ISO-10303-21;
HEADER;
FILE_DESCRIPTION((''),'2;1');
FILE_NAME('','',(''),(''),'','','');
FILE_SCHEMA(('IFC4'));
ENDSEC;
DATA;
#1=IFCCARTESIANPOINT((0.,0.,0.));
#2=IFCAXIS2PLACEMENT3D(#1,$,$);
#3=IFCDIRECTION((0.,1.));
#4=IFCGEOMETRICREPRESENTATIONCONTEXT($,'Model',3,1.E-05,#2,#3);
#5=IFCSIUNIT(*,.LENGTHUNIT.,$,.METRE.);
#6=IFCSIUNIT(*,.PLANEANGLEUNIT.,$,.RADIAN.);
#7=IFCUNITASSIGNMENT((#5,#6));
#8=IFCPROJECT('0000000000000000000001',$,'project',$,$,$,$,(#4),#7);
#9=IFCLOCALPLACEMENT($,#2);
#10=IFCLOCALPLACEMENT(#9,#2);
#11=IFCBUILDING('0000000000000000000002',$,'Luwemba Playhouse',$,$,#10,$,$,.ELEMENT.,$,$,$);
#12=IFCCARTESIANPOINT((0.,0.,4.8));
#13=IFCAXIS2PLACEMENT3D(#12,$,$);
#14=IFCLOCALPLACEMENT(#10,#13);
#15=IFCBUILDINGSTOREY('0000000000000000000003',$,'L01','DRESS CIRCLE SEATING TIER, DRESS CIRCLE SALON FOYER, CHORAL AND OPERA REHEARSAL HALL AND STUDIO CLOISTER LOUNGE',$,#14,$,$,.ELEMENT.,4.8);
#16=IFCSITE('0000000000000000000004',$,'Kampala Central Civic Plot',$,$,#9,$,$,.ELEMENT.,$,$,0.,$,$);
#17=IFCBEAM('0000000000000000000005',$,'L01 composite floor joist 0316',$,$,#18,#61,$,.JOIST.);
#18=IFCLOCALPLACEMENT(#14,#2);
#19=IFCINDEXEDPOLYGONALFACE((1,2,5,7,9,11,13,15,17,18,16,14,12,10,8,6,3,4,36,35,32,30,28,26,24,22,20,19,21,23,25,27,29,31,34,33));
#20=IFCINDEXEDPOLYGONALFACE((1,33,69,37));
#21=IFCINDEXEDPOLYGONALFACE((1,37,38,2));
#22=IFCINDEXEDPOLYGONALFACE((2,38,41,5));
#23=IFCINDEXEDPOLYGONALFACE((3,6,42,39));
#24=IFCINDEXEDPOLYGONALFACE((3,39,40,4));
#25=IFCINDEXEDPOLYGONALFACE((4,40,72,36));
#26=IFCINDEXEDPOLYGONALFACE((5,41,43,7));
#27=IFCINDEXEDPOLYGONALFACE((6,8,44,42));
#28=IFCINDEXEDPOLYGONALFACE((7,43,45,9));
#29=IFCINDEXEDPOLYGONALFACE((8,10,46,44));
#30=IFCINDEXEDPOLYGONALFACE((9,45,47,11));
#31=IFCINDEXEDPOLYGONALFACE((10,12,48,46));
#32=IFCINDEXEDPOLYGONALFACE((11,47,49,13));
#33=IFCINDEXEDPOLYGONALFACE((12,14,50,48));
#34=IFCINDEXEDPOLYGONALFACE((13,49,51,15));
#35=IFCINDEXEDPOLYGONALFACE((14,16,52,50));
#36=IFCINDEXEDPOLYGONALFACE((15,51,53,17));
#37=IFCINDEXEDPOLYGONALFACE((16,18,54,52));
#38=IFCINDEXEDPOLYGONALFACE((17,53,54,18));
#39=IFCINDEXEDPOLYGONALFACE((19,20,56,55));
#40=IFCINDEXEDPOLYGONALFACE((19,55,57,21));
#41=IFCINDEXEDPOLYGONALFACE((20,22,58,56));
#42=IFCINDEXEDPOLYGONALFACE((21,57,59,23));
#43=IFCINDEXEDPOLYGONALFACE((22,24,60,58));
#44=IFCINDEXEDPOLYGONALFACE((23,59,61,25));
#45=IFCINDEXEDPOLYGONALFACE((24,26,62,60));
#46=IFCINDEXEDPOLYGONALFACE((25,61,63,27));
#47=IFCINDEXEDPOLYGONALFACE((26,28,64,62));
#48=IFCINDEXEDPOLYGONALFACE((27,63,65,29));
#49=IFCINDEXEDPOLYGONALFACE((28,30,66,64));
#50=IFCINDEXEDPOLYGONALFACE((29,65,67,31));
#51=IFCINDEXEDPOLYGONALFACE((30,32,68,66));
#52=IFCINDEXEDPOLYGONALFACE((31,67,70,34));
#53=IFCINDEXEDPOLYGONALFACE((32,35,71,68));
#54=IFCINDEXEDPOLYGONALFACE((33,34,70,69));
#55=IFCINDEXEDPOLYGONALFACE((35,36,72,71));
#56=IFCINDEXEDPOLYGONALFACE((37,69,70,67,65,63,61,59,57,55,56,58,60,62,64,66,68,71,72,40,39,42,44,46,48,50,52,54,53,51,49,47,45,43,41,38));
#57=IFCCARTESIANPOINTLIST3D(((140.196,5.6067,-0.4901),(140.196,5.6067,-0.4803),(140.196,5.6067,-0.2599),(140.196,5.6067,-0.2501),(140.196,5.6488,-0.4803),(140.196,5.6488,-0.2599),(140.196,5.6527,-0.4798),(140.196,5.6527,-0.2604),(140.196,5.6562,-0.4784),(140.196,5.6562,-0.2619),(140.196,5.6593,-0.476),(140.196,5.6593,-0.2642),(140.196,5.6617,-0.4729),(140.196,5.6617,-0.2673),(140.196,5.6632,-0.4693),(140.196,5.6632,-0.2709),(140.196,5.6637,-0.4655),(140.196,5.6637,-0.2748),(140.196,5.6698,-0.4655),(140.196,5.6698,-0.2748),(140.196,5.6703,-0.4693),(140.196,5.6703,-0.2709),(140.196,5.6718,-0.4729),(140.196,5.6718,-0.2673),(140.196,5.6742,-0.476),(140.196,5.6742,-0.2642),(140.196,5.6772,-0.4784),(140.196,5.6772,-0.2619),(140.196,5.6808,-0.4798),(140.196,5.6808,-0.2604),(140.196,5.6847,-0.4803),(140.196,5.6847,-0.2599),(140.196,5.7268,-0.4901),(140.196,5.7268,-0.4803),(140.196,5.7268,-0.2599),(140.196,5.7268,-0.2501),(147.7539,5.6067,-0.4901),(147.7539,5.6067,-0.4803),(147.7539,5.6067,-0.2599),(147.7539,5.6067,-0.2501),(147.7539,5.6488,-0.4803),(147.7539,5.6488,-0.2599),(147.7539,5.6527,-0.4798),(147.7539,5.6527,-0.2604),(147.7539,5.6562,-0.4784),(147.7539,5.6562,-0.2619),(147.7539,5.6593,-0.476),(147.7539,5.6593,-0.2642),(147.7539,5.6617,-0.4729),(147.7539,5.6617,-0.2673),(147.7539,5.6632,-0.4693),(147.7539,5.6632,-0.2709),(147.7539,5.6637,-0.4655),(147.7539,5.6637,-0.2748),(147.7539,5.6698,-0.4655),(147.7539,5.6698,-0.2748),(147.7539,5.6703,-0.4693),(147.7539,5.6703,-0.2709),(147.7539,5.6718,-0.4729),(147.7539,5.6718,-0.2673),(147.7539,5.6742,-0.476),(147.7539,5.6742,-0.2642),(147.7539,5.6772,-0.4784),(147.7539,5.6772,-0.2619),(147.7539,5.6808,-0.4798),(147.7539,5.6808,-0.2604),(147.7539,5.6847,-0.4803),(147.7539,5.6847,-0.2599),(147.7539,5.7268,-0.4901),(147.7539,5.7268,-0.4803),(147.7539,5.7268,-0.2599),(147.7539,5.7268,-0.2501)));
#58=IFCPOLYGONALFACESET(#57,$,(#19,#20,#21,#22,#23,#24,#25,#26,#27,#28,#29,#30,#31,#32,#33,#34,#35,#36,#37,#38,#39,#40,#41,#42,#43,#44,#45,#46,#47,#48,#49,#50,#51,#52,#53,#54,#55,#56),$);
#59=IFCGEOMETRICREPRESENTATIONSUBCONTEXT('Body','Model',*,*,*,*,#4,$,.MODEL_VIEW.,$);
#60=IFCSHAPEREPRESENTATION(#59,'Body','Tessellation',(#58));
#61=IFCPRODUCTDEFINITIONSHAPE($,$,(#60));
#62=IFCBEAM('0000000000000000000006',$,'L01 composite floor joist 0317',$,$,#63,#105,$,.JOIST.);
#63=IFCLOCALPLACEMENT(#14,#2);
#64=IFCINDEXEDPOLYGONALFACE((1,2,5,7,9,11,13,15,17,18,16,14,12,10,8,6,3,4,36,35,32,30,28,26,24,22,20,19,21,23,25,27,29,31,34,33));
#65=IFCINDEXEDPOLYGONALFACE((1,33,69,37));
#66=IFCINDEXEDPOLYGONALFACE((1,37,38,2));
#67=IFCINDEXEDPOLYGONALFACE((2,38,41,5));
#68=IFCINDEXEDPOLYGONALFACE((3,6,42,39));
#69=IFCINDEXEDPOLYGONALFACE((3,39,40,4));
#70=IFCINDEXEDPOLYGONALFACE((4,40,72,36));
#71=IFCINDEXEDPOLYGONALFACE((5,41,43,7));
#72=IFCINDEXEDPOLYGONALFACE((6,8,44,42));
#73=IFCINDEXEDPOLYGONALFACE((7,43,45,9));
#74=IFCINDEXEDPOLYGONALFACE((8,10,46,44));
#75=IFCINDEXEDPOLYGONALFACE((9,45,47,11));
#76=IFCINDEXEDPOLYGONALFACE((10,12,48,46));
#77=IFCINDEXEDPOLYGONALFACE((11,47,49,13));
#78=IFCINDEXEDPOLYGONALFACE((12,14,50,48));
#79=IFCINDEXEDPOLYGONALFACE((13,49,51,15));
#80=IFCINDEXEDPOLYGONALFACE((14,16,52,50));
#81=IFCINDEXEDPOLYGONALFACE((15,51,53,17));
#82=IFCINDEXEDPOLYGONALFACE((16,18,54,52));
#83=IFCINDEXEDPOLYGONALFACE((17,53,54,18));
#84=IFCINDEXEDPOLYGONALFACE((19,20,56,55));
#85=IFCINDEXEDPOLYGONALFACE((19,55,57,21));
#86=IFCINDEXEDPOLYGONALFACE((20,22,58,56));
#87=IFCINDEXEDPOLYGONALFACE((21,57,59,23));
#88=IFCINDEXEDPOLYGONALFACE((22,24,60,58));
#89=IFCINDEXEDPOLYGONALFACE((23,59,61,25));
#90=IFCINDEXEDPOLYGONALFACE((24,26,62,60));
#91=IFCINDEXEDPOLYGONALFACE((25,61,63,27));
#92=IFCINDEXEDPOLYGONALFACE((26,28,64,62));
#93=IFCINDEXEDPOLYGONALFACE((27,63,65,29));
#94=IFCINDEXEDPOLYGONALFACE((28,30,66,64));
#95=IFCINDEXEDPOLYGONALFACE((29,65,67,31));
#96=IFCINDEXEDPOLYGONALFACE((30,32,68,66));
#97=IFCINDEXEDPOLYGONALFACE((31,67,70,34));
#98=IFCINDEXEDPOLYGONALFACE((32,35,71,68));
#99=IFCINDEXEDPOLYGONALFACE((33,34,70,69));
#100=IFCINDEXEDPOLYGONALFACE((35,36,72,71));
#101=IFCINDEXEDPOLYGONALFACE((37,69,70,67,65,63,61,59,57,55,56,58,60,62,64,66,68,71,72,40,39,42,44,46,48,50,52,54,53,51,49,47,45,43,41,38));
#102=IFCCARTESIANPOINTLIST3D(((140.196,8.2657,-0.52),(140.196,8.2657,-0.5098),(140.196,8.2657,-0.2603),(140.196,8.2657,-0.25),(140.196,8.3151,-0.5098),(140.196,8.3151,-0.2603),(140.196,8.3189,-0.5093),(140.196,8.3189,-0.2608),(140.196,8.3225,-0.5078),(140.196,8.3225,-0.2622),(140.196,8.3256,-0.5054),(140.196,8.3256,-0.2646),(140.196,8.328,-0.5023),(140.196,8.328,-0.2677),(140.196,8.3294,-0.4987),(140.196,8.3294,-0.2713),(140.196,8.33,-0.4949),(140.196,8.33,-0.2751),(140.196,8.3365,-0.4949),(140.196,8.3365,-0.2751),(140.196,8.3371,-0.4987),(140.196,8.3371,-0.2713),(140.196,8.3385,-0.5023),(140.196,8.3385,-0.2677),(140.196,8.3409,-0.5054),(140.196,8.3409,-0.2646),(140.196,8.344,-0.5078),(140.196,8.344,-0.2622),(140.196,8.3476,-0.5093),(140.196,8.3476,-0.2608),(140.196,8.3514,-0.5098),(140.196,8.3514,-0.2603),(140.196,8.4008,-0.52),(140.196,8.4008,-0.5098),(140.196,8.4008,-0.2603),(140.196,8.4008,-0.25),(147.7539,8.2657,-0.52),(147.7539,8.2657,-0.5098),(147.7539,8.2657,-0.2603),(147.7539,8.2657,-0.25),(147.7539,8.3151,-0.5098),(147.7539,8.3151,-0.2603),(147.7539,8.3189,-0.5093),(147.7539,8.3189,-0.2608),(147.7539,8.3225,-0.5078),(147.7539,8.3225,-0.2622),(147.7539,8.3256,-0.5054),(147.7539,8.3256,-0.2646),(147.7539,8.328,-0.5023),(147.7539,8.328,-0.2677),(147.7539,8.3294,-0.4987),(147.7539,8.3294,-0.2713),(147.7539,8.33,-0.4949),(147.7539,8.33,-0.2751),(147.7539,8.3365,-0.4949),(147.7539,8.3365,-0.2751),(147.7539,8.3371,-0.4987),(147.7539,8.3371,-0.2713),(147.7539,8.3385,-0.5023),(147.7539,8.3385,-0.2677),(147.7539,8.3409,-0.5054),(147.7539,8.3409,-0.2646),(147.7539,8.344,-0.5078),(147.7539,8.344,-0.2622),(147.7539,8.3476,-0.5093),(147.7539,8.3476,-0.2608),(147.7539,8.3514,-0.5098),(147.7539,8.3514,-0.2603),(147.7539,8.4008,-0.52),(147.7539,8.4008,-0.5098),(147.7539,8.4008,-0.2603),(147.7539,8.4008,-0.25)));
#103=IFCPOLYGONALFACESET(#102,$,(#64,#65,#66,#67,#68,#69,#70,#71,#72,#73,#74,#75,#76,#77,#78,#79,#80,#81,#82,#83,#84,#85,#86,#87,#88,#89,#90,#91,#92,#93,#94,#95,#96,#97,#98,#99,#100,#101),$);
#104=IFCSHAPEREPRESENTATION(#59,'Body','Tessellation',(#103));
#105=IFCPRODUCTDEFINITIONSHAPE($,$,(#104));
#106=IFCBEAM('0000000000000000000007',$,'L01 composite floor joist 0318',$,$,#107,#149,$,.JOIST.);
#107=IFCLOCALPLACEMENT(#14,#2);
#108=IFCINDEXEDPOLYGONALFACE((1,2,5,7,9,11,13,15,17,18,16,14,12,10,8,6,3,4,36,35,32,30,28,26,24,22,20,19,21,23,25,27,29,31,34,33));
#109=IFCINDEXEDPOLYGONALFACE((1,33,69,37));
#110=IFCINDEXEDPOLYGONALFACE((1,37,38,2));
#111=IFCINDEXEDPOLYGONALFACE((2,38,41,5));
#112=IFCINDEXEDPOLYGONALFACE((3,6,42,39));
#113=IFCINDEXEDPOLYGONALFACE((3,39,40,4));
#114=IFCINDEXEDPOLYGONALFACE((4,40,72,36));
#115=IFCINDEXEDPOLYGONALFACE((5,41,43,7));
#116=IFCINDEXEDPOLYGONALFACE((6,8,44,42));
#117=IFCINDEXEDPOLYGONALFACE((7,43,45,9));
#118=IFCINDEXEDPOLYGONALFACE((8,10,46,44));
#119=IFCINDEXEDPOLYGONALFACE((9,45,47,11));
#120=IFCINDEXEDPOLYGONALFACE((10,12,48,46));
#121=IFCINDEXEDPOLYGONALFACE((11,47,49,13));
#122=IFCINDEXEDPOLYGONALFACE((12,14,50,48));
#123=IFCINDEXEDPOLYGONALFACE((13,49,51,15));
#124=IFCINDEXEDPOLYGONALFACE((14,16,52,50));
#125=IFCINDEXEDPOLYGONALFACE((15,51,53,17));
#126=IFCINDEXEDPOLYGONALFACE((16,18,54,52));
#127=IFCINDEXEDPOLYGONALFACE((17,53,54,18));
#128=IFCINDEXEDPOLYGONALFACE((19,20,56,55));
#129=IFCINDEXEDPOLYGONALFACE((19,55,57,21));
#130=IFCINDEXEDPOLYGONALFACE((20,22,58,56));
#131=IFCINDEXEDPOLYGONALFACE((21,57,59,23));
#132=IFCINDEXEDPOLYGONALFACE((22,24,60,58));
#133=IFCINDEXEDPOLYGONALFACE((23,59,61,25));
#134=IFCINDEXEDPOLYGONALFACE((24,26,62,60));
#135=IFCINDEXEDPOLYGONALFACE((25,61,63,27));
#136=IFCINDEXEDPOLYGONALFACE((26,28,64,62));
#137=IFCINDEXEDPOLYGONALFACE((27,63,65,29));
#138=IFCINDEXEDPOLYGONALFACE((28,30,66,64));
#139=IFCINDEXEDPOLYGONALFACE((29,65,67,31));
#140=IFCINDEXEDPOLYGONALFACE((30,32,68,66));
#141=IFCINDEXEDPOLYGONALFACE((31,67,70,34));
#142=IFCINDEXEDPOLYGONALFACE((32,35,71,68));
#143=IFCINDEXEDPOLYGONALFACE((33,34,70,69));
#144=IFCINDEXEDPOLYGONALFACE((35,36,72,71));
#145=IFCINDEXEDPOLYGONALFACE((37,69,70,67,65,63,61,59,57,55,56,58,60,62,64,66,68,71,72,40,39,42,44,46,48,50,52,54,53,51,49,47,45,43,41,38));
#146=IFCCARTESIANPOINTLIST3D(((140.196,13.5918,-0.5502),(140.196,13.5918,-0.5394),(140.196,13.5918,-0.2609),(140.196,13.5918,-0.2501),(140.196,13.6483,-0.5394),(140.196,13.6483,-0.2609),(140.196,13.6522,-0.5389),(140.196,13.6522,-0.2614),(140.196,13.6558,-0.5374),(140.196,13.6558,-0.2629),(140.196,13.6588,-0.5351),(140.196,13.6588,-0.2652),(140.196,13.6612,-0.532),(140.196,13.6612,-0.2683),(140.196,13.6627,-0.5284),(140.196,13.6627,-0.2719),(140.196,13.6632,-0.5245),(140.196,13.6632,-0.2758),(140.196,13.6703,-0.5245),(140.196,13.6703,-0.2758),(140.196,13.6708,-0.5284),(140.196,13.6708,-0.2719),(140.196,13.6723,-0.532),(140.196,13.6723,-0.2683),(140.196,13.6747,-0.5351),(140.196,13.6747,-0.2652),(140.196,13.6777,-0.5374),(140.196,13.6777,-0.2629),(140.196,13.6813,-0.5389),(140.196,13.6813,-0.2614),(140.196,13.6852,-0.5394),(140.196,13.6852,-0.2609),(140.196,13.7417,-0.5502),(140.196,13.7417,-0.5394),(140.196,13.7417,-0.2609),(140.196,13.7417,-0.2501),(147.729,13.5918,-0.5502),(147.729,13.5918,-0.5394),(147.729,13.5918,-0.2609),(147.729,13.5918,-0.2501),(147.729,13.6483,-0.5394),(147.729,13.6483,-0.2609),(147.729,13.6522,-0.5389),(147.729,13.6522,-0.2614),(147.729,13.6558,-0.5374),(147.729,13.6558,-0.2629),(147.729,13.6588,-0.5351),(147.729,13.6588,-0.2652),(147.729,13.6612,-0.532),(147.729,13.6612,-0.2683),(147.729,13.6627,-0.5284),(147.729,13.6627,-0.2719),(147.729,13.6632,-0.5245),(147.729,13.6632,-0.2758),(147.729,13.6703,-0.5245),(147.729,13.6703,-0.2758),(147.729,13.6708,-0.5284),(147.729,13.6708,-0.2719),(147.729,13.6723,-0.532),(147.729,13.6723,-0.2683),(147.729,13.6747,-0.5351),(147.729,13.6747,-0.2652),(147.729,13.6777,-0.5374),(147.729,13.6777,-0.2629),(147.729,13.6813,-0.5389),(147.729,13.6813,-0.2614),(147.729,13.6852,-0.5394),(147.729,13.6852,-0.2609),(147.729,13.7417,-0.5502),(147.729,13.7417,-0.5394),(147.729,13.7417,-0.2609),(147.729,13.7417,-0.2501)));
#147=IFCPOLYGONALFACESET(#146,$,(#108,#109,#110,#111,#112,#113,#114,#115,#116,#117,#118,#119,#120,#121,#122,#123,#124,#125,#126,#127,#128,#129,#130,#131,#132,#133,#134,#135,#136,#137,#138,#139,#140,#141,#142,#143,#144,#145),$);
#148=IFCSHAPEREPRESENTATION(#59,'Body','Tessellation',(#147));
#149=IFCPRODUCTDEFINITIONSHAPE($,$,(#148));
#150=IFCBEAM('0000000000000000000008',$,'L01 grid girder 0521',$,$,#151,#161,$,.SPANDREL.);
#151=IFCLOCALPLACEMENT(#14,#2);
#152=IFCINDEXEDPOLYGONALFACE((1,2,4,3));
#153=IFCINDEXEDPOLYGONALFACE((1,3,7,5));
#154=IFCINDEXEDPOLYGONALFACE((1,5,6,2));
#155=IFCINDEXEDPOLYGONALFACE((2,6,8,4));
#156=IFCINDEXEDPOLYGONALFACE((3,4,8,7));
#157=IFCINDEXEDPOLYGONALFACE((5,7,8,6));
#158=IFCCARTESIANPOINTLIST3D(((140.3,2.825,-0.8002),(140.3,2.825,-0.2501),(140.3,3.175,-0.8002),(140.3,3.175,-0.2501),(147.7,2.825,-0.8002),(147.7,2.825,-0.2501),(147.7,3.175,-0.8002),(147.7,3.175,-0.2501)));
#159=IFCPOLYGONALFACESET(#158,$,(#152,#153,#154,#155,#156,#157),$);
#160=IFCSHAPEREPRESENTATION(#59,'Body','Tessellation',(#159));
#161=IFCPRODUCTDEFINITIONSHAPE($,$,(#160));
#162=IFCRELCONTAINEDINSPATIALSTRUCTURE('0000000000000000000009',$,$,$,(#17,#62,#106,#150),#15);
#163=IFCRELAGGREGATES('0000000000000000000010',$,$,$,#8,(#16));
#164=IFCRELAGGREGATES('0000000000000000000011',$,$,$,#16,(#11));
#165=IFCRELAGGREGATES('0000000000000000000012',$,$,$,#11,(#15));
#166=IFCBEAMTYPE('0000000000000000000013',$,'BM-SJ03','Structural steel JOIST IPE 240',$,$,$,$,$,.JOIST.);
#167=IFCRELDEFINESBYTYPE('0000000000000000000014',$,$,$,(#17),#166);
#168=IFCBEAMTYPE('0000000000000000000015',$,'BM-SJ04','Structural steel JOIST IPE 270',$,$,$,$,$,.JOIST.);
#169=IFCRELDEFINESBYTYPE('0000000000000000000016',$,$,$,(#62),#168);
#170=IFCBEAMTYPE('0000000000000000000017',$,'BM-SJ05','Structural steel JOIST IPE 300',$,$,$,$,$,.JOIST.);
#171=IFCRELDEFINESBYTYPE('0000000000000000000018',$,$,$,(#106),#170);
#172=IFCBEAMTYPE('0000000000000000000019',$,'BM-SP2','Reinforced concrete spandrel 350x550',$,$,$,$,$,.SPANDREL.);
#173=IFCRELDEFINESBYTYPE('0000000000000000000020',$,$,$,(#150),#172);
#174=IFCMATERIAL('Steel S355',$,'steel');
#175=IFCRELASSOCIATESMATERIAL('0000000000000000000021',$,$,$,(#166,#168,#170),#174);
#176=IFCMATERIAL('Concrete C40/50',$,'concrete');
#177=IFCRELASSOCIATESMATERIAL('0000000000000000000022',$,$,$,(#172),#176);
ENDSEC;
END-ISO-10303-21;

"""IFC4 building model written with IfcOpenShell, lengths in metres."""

from ifc_helpers import new_model, si_unit, direction, frame, origin, origin_2d, place, context, subcontext, project, spatial, rectangle, i_section, extrude, material, material_profile, profile_set, type_object, element, save


model = new_model("IFC4")

# Units and contexts
model_context = context("Model", 3, precision=1e-05, world=origin(), true_north=direction((0.0, 1.0)))
body_context = subcontext(model_context, "Body", "Model", "MODEL_VIEW")
ifc_project = project(units=[si_unit("LENGTHUNIT", "METRE"), si_unit("PLANEANGLEUNIT", "RADIAN")], contexts=[model_context])

# Site, building, storey
site_placement = place(None, origin())
site = spatial("IfcSite", under=ifc_project, at=site_placement, Name="Kampala Central Civic Plot", CompositionType="ELEMENT", RefElevation=0.0)
building_placement = place(site_placement, origin())
building = spatial("IfcBuilding", under=site, at=building_placement, Name="Luwemba Playhouse", CompositionType="ELEMENT")
storey_placement = place(building_placement, frame((0.0, 0.0, 4.8)))
storey = spatial("IfcBuildingStorey", under=building, at=storey_placement, Name="L01", Description="DRESS CIRCLE SEATING TIER, DRESS CIRCLE SALON FOYER, CHORAL AND OPERA REHEARSAL HALL AND STUDIO CLOISTER LOUNGE", CompositionType="ELEMENT", Elevation=4.8)

# Shared definitions
ifc_material_1 = material(Name="Concrete C40/50", Category="concrete")

# Beams
ifc_material_2 = material(Name="Steel S355", Category="steel")
ifc_material_profile_1 = material_profile(ifc_material_2, i_section(OverallWidth=0.1201, OverallDepth=0.24, WebThickness=0.0061, FlangeThickness=0.0098, FilletRadius=0.0149, at=origin_2d()))
ifc_profile_set_1 = profile_set([ifc_material_profile_1], Name="Steel S355")
beam_type_1 = type_object("IfcBeamType", Name="BM-SJ03", Description="Structural steel JOIST IPE 240", PredefinedType="JOIST", material=ifc_profile_set_1)
beam_1_placement = place(storey_placement, frame((140.196, 5.6667, -0.3701), z_axis=(1.0, 0.0, 0.0), x_axis=(0.0, 1.0, 0.0)))
element("IfcBeam", 1, at=beam_1_placement, inside=storey, type_object=beam_type_1, Name="L01 composite floor joist 0316", PredefinedType="JOIST", context=body_context, shape_type="SweptSolid", body=[
    extrude(i_section(OverallWidth=0.1201, OverallDepth=0.24, WebThickness=0.0061, FlangeThickness=0.0098, FilletRadius=0.0149, at=origin_2d()), origin(), (0.0, 0.0, 1.0), 7.5579),
])
ifc_material_profile_2 = material_profile(ifc_material_2, i_section(OverallWidth=0.135, OverallDepth=0.27, WebThickness=0.0066, FlangeThickness=0.0103, FilletRadius=0.0149, at=origin_2d()))
ifc_profile_set_2 = profile_set([ifc_material_profile_2], Name="Steel S355")
beam_type_2 = type_object("IfcBeamType", Name="BM-SJ04", Description="Structural steel JOIST IPE 270", PredefinedType="JOIST", material=ifc_profile_set_2)
beam_2_placement = place(storey_placement, frame((140.196, 8.3333, -0.385), z_axis=(1.0, 0.0, 0.0), x_axis=(0.0, 1.0, 0.0)))
element("IfcBeam", 2, at=beam_2_placement, inside=storey, type_object=beam_type_2, Name="L01 composite floor joist 0317", PredefinedType="JOIST", context=body_context, shape_type="SweptSolid", body=[
    extrude(i_section(OverallWidth=0.135, OverallDepth=0.27, WebThickness=0.0066, FlangeThickness=0.0103, FilletRadius=0.0149, at=origin_2d()), origin(), (0.0, 0.0, 1.0), 7.5579),
])
ifc_material_profile_3 = material_profile(ifc_material_2, i_section(OverallWidth=0.1499, OverallDepth=0.3, WebThickness=0.0071, FlangeThickness=0.0107, FilletRadius=0.0149, at=origin_2d()))
ifc_profile_set_3 = profile_set([ifc_material_profile_3], Name="Steel S355")
beam_type_3 = type_object("IfcBeamType", Name="BM-SJ05", Description="Structural steel JOIST IPE 300", PredefinedType="JOIST", material=ifc_profile_set_3)
beam_3_placement = place(storey_placement, frame((140.196, 13.6667, -0.4001), z_axis=(1.0, 0.0, 0.0), x_axis=(0.0, 1.0, 0.0)))
element("IfcBeam", 3, at=beam_3_placement, inside=storey, type_object=beam_type_3, Name="L01 composite floor joist 0318", PredefinedType="JOIST", context=body_context, shape_type="SweptSolid", body=[
    extrude(i_section(OverallWidth=0.1499, OverallDepth=0.3, WebThickness=0.0071, FlangeThickness=0.0107, FilletRadius=0.0149, at=origin_2d()), origin(), (0.0, 0.0, 1.0), 7.533),
])
ifc_material_profile_4 = material_profile(ifc_material_1, rectangle(XDim=0.3501, YDim=0.55, at=origin_2d()))
ifc_profile_set_4 = profile_set([ifc_material_profile_4], Name="Concrete C40/50")
beam_type_4 = type_object("IfcBeamType", Name="BM-SP2", Description="Reinforced concrete spandrel 350x550", PredefinedType="SPANDREL", material=ifc_profile_set_4)
beam_4_placement = place(storey_placement, frame((140.3, 3.0, -0.5251), z_axis=(1.0, 0.0, 0.0), x_axis=(0.0, 1.0, 0.0)))
element("IfcBeam", 4, at=beam_4_placement, inside=storey, type_object=beam_type_4, Name="L01 grid girder 0521", PredefinedType="SPANDREL", context=body_context, shape_type="SweptSolid", body=[
    extrude(rectangle(XDim=0.3501, YDim=0.55, at=origin_2d()), origin(), (0.0, 0.0, 1.0), 7.3999),
])

save(model, "model.ifc")
